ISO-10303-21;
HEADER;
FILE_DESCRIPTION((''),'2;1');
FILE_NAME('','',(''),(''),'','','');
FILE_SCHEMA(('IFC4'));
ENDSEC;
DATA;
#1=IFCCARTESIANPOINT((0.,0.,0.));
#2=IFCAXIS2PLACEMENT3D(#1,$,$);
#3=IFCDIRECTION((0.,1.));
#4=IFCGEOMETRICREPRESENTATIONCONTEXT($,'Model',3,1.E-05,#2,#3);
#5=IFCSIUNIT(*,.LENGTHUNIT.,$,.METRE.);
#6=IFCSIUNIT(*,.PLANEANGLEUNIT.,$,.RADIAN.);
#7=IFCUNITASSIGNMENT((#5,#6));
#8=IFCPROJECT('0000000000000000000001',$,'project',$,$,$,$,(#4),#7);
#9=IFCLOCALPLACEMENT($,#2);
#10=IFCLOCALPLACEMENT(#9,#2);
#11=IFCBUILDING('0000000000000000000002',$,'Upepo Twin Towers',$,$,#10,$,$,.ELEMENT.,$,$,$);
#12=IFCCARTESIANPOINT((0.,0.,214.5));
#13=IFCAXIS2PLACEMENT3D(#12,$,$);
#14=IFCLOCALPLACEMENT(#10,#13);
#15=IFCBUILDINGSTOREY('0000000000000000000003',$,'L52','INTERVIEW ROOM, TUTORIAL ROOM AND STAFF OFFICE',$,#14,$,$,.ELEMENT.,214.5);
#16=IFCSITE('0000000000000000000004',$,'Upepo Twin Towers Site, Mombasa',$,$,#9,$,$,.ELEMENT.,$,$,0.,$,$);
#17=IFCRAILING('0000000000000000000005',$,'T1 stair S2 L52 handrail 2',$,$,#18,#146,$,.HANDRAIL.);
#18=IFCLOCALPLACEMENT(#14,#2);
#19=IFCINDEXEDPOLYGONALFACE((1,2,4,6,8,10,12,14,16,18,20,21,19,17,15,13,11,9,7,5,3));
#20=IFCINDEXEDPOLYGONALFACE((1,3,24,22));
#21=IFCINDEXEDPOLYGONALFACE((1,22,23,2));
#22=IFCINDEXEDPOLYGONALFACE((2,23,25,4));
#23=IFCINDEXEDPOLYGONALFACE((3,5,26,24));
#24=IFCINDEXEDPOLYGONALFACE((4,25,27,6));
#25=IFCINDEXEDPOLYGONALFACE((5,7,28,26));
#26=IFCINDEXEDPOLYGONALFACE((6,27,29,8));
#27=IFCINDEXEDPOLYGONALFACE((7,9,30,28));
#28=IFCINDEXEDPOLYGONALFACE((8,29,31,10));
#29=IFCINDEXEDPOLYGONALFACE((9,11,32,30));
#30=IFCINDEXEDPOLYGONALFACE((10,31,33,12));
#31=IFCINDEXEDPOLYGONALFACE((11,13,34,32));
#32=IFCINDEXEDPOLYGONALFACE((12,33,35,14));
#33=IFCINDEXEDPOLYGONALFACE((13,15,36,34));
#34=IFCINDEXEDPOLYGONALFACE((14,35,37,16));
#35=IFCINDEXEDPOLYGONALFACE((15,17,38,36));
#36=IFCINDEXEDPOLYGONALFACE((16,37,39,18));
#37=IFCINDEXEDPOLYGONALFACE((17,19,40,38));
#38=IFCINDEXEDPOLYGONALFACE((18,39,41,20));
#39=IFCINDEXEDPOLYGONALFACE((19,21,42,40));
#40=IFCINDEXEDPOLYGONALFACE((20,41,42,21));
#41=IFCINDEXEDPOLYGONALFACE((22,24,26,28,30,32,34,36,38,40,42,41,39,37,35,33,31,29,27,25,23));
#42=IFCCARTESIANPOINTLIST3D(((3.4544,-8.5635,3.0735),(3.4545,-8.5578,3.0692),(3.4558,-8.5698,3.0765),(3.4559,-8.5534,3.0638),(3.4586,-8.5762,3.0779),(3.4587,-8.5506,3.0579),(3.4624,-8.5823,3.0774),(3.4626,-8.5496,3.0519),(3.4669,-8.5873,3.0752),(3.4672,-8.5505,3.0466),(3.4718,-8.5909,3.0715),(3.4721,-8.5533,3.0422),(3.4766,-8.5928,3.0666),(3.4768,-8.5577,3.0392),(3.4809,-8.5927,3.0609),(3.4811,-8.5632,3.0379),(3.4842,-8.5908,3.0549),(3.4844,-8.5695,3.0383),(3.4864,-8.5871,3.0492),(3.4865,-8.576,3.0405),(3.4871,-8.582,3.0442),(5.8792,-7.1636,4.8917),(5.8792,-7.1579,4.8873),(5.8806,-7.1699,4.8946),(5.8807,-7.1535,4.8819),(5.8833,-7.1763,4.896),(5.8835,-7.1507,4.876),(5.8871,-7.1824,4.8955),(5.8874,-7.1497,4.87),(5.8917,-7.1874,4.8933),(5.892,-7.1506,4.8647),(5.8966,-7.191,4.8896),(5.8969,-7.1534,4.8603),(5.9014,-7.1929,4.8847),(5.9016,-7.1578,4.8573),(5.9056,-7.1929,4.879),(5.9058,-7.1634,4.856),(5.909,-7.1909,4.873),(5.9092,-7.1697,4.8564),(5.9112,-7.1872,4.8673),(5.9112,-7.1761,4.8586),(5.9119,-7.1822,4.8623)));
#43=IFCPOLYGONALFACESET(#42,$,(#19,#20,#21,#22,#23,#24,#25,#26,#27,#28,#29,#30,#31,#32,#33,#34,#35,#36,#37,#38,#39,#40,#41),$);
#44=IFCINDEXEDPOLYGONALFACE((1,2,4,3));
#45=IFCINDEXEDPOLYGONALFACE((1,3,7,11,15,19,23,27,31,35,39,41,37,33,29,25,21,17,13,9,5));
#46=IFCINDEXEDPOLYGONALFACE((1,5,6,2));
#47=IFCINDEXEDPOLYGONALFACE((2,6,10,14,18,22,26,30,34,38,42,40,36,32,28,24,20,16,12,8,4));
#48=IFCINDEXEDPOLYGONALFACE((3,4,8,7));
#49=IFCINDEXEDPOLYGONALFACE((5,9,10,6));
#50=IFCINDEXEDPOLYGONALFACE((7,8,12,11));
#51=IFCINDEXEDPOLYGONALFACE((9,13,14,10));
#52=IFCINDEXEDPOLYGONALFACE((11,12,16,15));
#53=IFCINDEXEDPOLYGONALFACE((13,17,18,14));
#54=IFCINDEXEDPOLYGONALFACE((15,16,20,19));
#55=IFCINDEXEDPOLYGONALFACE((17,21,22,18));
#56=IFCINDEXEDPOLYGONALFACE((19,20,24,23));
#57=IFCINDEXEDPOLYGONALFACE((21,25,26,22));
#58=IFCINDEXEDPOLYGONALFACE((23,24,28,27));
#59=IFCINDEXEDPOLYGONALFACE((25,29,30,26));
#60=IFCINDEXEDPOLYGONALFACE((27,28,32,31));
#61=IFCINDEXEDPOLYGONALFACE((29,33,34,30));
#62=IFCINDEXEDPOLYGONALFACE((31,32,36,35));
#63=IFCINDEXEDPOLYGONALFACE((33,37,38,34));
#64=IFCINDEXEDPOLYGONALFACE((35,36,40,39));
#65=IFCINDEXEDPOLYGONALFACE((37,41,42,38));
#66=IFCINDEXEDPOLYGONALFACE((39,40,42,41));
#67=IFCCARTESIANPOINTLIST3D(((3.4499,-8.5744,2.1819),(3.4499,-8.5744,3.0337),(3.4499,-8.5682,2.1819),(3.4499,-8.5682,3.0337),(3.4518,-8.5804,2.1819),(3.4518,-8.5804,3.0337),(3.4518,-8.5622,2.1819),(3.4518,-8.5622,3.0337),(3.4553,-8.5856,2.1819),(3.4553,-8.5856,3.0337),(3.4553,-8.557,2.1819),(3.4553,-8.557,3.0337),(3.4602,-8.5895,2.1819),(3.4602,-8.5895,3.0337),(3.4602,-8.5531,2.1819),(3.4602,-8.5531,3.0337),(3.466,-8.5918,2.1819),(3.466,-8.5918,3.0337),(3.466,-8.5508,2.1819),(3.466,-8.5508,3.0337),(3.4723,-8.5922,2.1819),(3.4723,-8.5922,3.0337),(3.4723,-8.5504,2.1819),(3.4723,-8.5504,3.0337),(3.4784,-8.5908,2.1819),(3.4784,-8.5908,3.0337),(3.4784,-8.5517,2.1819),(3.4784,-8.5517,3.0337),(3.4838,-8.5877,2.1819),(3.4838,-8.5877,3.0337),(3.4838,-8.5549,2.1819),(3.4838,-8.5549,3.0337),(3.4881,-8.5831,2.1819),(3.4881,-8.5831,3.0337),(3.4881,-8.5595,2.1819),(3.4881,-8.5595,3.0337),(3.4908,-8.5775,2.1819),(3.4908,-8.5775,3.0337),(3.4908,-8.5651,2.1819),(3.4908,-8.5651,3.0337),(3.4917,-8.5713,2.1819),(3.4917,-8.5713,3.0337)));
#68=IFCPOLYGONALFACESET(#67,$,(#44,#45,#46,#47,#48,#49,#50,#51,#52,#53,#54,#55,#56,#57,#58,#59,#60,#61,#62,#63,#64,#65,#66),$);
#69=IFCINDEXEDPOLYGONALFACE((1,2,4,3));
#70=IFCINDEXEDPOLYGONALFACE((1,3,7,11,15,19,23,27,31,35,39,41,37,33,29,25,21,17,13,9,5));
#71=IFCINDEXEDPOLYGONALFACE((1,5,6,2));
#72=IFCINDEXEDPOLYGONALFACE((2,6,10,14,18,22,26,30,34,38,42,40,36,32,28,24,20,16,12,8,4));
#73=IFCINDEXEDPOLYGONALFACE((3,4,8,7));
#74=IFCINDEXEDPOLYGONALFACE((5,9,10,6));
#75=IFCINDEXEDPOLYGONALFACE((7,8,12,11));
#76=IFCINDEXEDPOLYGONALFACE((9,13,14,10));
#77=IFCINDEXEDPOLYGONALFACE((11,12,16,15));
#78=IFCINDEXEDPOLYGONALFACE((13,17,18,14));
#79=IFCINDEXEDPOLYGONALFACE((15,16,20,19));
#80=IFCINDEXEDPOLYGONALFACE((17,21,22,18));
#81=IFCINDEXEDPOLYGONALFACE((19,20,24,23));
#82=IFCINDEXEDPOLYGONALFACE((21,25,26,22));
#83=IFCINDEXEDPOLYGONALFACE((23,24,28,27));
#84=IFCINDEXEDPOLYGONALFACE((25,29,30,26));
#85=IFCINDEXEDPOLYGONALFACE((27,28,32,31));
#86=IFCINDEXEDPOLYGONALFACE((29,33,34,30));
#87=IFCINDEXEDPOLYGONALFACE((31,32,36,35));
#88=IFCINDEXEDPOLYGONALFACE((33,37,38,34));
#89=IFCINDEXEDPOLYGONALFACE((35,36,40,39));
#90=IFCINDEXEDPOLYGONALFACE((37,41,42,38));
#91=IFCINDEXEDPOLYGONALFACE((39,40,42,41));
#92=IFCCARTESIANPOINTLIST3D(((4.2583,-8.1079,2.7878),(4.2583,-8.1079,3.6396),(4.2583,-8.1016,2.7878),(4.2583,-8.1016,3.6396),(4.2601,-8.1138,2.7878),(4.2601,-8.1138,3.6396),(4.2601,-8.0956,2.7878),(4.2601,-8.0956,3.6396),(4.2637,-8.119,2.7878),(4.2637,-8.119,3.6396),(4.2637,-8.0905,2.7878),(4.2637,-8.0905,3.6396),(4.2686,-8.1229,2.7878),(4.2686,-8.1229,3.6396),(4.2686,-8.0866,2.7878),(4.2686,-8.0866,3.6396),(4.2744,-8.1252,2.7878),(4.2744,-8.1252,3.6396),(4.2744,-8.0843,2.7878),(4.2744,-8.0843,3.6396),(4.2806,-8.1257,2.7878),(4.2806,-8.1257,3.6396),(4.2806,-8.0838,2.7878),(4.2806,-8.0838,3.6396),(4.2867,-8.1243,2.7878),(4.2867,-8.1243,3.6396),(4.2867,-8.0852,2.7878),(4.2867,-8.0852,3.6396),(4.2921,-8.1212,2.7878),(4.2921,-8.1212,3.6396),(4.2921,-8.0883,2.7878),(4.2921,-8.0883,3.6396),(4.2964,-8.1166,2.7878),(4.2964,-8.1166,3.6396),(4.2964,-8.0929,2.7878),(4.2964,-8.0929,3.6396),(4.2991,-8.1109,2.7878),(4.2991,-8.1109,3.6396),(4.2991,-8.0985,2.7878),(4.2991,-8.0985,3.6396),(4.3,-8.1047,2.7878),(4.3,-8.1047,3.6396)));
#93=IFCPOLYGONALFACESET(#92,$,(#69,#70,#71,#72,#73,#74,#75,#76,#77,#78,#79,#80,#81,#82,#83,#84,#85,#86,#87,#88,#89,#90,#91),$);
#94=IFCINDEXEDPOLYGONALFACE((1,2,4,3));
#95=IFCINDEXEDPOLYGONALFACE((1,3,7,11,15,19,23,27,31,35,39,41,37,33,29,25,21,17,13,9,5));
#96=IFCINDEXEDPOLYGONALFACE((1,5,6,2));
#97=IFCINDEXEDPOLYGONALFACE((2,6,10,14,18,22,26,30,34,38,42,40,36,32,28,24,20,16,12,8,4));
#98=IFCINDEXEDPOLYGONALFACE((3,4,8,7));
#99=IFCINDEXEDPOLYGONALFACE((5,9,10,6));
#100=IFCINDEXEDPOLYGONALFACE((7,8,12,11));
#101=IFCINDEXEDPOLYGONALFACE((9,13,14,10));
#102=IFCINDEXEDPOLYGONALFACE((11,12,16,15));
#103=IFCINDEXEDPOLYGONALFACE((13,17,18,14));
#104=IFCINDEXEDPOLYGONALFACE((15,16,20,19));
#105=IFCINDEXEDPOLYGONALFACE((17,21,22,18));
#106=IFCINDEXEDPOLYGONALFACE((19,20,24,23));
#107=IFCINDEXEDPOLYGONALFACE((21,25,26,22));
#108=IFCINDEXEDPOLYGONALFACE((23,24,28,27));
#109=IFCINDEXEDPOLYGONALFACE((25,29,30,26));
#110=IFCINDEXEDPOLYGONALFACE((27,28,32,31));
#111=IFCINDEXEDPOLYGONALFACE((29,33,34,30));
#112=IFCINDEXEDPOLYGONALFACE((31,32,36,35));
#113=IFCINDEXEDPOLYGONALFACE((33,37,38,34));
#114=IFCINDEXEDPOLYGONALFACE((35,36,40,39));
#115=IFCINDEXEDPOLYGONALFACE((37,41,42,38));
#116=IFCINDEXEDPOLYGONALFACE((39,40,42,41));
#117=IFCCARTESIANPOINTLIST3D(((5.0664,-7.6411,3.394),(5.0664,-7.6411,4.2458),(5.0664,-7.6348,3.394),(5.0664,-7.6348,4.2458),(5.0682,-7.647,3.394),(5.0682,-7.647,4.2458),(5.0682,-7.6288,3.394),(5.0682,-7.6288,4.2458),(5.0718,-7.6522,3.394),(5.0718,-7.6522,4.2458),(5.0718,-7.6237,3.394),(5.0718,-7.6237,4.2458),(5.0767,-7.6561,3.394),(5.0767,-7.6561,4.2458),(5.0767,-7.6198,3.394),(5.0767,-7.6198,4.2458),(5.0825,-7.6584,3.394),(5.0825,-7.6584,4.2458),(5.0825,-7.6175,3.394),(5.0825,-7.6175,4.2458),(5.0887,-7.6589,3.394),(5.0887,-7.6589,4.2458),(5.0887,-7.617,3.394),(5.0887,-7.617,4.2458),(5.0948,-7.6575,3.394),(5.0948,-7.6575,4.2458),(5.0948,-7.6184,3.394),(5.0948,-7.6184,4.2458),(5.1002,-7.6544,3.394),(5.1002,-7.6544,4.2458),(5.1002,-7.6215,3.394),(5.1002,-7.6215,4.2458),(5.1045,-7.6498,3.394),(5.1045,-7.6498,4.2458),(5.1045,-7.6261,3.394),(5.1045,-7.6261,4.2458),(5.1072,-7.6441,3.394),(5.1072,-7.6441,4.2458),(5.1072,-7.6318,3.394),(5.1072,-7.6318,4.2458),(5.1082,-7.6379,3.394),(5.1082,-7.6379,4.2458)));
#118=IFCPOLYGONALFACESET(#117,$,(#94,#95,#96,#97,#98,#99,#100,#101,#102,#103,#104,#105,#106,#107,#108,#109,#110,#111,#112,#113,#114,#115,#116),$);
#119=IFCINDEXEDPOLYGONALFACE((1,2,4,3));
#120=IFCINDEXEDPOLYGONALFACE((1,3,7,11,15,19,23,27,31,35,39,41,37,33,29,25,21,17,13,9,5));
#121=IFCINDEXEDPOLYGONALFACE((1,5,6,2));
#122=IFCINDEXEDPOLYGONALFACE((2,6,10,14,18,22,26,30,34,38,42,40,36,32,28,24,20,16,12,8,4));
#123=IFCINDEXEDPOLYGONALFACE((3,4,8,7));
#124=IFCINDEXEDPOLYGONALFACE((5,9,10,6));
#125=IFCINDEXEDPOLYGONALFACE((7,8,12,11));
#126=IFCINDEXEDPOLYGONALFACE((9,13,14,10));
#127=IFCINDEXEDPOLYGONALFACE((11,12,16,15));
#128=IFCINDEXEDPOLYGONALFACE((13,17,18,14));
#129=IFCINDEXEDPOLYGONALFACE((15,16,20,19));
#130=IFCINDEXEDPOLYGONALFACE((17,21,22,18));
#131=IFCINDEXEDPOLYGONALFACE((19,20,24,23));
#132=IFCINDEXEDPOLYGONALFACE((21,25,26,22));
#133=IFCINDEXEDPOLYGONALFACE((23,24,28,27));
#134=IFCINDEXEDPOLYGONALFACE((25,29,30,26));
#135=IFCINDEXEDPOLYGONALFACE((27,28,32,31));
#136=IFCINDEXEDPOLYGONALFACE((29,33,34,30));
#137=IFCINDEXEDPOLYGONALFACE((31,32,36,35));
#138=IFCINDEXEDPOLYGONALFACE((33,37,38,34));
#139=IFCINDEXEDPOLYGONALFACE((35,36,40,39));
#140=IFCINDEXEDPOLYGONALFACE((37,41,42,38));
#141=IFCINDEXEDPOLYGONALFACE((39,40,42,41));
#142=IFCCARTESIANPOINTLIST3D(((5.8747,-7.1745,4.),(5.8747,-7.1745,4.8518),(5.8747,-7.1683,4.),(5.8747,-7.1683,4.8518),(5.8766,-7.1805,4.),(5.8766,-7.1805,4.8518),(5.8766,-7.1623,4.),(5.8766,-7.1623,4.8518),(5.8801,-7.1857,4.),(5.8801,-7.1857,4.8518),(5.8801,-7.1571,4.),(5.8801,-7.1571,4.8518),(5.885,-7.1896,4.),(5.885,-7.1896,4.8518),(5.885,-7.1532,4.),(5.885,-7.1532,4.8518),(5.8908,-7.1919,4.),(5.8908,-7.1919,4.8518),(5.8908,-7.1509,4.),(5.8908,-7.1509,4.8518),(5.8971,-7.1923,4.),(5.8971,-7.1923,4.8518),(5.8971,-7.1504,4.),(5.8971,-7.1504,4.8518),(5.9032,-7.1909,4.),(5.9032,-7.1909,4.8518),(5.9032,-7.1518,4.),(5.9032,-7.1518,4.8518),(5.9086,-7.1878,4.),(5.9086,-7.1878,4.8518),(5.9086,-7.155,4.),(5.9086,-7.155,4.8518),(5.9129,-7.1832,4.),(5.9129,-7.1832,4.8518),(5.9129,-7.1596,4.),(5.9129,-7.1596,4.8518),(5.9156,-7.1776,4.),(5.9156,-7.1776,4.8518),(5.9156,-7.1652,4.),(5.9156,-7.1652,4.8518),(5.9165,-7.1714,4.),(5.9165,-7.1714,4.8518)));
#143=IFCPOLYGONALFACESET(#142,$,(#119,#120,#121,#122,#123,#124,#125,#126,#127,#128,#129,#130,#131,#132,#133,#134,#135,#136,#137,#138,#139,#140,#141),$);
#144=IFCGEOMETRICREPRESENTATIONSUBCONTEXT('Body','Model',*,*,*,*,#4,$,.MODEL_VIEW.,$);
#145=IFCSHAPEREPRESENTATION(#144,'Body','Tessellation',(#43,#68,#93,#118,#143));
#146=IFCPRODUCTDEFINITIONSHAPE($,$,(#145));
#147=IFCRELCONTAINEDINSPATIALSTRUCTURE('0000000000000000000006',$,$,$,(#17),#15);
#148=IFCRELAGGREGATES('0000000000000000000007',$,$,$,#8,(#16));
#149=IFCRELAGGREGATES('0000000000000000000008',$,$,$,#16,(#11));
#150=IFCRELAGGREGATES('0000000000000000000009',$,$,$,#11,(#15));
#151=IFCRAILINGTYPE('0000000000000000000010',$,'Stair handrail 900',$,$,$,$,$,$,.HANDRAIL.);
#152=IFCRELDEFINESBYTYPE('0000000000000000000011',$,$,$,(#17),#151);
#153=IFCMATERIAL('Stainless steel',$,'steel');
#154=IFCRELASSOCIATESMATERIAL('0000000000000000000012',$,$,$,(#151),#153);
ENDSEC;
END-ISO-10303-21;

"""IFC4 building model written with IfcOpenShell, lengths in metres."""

from ifc_helpers import new_model, si_unit, direction, frame, origin, origin_2d, place, context, subcontext, project, spatial, circle, extrude, material, type_object, element, save


model = new_model("IFC4")

# Units and contexts
model_context = context("Model", 3, precision=1e-05, world=origin(), true_north=direction((0.0, 1.0)))
body_context = subcontext(model_context, "Body", "Model", "MODEL_VIEW")
ifc_project = project(units=[si_unit("LENGTHUNIT", "METRE"), si_unit("PLANEANGLEUNIT", "RADIAN")], contexts=[model_context])

# Site, building, storey
site_placement = place(None, origin())
site = spatial("IfcSite", under=ifc_project, at=site_placement, Name="Upepo Twin Towers Site, Mombasa", CompositionType="ELEMENT", RefElevation=0.0)
building_placement = place(site_placement, origin())
building = spatial("IfcBuilding", under=site, at=building_placement, Name="Upepo Twin Towers", CompositionType="ELEMENT")
storey_placement = place(building_placement, frame((0.0, 0.0, 214.5)))
storey = spatial("IfcBuildingStorey", under=building, at=storey_placement, Name="L52", Description="INTERVIEW ROOM, TUTORIAL ROOM AND STAFF OFFICE", CompositionType="ELEMENT", Elevation=214.5)

# Railing
ifc_material_1 = material(Name="Stainless steel", Category="steel")
railing_type = type_object("IfcRailingType", Name="Stair handrail 900", PredefinedType="HANDRAIL", material=ifc_material_1)
railing_1_placement = place(storey_placement, frame((3.4707, -8.5713, 2.1819)))
element("IfcRailing", 1, at=railing_1_placement, inside=storey, type_object=railing_type, Name="T1 stair S2 L52 handrail 2", PredefinedType="HANDRAIL", context=body_context, shape_type="SweptSolid", body=[
    extrude(circle(Radius=0.0239, at=origin_2d()), frame((0.0, 0.0, 0.876), z_axis=(0.726336, 0.419333, 0.544606), x_axis=(-0.499984, 0.866035, 0.0)), (0.0, 0.0, 1.0), 3.3384),
    extrude(circle(Radius=0.021, at=origin_2d()), origin(), (0.0, 0.0, 1.0), 0.8518),
    extrude(circle(Radius=0.021, at=origin_2d()), frame((0.8083, 0.4666, 0.606)), (0.0, 0.0, 1.0), 0.8518),
    extrude(circle(Radius=0.021, at=origin_2d()), frame((1.6165, 0.9333, 1.2122)), (0.0, 0.0, 1.0), 0.8518),
    extrude(circle(Radius=0.021, at=origin_2d()), frame((2.4248, 1.3999, 1.8181)), (0.0, 0.0, 1.0), 0.8518),
])

save(model, "model.ifc")
